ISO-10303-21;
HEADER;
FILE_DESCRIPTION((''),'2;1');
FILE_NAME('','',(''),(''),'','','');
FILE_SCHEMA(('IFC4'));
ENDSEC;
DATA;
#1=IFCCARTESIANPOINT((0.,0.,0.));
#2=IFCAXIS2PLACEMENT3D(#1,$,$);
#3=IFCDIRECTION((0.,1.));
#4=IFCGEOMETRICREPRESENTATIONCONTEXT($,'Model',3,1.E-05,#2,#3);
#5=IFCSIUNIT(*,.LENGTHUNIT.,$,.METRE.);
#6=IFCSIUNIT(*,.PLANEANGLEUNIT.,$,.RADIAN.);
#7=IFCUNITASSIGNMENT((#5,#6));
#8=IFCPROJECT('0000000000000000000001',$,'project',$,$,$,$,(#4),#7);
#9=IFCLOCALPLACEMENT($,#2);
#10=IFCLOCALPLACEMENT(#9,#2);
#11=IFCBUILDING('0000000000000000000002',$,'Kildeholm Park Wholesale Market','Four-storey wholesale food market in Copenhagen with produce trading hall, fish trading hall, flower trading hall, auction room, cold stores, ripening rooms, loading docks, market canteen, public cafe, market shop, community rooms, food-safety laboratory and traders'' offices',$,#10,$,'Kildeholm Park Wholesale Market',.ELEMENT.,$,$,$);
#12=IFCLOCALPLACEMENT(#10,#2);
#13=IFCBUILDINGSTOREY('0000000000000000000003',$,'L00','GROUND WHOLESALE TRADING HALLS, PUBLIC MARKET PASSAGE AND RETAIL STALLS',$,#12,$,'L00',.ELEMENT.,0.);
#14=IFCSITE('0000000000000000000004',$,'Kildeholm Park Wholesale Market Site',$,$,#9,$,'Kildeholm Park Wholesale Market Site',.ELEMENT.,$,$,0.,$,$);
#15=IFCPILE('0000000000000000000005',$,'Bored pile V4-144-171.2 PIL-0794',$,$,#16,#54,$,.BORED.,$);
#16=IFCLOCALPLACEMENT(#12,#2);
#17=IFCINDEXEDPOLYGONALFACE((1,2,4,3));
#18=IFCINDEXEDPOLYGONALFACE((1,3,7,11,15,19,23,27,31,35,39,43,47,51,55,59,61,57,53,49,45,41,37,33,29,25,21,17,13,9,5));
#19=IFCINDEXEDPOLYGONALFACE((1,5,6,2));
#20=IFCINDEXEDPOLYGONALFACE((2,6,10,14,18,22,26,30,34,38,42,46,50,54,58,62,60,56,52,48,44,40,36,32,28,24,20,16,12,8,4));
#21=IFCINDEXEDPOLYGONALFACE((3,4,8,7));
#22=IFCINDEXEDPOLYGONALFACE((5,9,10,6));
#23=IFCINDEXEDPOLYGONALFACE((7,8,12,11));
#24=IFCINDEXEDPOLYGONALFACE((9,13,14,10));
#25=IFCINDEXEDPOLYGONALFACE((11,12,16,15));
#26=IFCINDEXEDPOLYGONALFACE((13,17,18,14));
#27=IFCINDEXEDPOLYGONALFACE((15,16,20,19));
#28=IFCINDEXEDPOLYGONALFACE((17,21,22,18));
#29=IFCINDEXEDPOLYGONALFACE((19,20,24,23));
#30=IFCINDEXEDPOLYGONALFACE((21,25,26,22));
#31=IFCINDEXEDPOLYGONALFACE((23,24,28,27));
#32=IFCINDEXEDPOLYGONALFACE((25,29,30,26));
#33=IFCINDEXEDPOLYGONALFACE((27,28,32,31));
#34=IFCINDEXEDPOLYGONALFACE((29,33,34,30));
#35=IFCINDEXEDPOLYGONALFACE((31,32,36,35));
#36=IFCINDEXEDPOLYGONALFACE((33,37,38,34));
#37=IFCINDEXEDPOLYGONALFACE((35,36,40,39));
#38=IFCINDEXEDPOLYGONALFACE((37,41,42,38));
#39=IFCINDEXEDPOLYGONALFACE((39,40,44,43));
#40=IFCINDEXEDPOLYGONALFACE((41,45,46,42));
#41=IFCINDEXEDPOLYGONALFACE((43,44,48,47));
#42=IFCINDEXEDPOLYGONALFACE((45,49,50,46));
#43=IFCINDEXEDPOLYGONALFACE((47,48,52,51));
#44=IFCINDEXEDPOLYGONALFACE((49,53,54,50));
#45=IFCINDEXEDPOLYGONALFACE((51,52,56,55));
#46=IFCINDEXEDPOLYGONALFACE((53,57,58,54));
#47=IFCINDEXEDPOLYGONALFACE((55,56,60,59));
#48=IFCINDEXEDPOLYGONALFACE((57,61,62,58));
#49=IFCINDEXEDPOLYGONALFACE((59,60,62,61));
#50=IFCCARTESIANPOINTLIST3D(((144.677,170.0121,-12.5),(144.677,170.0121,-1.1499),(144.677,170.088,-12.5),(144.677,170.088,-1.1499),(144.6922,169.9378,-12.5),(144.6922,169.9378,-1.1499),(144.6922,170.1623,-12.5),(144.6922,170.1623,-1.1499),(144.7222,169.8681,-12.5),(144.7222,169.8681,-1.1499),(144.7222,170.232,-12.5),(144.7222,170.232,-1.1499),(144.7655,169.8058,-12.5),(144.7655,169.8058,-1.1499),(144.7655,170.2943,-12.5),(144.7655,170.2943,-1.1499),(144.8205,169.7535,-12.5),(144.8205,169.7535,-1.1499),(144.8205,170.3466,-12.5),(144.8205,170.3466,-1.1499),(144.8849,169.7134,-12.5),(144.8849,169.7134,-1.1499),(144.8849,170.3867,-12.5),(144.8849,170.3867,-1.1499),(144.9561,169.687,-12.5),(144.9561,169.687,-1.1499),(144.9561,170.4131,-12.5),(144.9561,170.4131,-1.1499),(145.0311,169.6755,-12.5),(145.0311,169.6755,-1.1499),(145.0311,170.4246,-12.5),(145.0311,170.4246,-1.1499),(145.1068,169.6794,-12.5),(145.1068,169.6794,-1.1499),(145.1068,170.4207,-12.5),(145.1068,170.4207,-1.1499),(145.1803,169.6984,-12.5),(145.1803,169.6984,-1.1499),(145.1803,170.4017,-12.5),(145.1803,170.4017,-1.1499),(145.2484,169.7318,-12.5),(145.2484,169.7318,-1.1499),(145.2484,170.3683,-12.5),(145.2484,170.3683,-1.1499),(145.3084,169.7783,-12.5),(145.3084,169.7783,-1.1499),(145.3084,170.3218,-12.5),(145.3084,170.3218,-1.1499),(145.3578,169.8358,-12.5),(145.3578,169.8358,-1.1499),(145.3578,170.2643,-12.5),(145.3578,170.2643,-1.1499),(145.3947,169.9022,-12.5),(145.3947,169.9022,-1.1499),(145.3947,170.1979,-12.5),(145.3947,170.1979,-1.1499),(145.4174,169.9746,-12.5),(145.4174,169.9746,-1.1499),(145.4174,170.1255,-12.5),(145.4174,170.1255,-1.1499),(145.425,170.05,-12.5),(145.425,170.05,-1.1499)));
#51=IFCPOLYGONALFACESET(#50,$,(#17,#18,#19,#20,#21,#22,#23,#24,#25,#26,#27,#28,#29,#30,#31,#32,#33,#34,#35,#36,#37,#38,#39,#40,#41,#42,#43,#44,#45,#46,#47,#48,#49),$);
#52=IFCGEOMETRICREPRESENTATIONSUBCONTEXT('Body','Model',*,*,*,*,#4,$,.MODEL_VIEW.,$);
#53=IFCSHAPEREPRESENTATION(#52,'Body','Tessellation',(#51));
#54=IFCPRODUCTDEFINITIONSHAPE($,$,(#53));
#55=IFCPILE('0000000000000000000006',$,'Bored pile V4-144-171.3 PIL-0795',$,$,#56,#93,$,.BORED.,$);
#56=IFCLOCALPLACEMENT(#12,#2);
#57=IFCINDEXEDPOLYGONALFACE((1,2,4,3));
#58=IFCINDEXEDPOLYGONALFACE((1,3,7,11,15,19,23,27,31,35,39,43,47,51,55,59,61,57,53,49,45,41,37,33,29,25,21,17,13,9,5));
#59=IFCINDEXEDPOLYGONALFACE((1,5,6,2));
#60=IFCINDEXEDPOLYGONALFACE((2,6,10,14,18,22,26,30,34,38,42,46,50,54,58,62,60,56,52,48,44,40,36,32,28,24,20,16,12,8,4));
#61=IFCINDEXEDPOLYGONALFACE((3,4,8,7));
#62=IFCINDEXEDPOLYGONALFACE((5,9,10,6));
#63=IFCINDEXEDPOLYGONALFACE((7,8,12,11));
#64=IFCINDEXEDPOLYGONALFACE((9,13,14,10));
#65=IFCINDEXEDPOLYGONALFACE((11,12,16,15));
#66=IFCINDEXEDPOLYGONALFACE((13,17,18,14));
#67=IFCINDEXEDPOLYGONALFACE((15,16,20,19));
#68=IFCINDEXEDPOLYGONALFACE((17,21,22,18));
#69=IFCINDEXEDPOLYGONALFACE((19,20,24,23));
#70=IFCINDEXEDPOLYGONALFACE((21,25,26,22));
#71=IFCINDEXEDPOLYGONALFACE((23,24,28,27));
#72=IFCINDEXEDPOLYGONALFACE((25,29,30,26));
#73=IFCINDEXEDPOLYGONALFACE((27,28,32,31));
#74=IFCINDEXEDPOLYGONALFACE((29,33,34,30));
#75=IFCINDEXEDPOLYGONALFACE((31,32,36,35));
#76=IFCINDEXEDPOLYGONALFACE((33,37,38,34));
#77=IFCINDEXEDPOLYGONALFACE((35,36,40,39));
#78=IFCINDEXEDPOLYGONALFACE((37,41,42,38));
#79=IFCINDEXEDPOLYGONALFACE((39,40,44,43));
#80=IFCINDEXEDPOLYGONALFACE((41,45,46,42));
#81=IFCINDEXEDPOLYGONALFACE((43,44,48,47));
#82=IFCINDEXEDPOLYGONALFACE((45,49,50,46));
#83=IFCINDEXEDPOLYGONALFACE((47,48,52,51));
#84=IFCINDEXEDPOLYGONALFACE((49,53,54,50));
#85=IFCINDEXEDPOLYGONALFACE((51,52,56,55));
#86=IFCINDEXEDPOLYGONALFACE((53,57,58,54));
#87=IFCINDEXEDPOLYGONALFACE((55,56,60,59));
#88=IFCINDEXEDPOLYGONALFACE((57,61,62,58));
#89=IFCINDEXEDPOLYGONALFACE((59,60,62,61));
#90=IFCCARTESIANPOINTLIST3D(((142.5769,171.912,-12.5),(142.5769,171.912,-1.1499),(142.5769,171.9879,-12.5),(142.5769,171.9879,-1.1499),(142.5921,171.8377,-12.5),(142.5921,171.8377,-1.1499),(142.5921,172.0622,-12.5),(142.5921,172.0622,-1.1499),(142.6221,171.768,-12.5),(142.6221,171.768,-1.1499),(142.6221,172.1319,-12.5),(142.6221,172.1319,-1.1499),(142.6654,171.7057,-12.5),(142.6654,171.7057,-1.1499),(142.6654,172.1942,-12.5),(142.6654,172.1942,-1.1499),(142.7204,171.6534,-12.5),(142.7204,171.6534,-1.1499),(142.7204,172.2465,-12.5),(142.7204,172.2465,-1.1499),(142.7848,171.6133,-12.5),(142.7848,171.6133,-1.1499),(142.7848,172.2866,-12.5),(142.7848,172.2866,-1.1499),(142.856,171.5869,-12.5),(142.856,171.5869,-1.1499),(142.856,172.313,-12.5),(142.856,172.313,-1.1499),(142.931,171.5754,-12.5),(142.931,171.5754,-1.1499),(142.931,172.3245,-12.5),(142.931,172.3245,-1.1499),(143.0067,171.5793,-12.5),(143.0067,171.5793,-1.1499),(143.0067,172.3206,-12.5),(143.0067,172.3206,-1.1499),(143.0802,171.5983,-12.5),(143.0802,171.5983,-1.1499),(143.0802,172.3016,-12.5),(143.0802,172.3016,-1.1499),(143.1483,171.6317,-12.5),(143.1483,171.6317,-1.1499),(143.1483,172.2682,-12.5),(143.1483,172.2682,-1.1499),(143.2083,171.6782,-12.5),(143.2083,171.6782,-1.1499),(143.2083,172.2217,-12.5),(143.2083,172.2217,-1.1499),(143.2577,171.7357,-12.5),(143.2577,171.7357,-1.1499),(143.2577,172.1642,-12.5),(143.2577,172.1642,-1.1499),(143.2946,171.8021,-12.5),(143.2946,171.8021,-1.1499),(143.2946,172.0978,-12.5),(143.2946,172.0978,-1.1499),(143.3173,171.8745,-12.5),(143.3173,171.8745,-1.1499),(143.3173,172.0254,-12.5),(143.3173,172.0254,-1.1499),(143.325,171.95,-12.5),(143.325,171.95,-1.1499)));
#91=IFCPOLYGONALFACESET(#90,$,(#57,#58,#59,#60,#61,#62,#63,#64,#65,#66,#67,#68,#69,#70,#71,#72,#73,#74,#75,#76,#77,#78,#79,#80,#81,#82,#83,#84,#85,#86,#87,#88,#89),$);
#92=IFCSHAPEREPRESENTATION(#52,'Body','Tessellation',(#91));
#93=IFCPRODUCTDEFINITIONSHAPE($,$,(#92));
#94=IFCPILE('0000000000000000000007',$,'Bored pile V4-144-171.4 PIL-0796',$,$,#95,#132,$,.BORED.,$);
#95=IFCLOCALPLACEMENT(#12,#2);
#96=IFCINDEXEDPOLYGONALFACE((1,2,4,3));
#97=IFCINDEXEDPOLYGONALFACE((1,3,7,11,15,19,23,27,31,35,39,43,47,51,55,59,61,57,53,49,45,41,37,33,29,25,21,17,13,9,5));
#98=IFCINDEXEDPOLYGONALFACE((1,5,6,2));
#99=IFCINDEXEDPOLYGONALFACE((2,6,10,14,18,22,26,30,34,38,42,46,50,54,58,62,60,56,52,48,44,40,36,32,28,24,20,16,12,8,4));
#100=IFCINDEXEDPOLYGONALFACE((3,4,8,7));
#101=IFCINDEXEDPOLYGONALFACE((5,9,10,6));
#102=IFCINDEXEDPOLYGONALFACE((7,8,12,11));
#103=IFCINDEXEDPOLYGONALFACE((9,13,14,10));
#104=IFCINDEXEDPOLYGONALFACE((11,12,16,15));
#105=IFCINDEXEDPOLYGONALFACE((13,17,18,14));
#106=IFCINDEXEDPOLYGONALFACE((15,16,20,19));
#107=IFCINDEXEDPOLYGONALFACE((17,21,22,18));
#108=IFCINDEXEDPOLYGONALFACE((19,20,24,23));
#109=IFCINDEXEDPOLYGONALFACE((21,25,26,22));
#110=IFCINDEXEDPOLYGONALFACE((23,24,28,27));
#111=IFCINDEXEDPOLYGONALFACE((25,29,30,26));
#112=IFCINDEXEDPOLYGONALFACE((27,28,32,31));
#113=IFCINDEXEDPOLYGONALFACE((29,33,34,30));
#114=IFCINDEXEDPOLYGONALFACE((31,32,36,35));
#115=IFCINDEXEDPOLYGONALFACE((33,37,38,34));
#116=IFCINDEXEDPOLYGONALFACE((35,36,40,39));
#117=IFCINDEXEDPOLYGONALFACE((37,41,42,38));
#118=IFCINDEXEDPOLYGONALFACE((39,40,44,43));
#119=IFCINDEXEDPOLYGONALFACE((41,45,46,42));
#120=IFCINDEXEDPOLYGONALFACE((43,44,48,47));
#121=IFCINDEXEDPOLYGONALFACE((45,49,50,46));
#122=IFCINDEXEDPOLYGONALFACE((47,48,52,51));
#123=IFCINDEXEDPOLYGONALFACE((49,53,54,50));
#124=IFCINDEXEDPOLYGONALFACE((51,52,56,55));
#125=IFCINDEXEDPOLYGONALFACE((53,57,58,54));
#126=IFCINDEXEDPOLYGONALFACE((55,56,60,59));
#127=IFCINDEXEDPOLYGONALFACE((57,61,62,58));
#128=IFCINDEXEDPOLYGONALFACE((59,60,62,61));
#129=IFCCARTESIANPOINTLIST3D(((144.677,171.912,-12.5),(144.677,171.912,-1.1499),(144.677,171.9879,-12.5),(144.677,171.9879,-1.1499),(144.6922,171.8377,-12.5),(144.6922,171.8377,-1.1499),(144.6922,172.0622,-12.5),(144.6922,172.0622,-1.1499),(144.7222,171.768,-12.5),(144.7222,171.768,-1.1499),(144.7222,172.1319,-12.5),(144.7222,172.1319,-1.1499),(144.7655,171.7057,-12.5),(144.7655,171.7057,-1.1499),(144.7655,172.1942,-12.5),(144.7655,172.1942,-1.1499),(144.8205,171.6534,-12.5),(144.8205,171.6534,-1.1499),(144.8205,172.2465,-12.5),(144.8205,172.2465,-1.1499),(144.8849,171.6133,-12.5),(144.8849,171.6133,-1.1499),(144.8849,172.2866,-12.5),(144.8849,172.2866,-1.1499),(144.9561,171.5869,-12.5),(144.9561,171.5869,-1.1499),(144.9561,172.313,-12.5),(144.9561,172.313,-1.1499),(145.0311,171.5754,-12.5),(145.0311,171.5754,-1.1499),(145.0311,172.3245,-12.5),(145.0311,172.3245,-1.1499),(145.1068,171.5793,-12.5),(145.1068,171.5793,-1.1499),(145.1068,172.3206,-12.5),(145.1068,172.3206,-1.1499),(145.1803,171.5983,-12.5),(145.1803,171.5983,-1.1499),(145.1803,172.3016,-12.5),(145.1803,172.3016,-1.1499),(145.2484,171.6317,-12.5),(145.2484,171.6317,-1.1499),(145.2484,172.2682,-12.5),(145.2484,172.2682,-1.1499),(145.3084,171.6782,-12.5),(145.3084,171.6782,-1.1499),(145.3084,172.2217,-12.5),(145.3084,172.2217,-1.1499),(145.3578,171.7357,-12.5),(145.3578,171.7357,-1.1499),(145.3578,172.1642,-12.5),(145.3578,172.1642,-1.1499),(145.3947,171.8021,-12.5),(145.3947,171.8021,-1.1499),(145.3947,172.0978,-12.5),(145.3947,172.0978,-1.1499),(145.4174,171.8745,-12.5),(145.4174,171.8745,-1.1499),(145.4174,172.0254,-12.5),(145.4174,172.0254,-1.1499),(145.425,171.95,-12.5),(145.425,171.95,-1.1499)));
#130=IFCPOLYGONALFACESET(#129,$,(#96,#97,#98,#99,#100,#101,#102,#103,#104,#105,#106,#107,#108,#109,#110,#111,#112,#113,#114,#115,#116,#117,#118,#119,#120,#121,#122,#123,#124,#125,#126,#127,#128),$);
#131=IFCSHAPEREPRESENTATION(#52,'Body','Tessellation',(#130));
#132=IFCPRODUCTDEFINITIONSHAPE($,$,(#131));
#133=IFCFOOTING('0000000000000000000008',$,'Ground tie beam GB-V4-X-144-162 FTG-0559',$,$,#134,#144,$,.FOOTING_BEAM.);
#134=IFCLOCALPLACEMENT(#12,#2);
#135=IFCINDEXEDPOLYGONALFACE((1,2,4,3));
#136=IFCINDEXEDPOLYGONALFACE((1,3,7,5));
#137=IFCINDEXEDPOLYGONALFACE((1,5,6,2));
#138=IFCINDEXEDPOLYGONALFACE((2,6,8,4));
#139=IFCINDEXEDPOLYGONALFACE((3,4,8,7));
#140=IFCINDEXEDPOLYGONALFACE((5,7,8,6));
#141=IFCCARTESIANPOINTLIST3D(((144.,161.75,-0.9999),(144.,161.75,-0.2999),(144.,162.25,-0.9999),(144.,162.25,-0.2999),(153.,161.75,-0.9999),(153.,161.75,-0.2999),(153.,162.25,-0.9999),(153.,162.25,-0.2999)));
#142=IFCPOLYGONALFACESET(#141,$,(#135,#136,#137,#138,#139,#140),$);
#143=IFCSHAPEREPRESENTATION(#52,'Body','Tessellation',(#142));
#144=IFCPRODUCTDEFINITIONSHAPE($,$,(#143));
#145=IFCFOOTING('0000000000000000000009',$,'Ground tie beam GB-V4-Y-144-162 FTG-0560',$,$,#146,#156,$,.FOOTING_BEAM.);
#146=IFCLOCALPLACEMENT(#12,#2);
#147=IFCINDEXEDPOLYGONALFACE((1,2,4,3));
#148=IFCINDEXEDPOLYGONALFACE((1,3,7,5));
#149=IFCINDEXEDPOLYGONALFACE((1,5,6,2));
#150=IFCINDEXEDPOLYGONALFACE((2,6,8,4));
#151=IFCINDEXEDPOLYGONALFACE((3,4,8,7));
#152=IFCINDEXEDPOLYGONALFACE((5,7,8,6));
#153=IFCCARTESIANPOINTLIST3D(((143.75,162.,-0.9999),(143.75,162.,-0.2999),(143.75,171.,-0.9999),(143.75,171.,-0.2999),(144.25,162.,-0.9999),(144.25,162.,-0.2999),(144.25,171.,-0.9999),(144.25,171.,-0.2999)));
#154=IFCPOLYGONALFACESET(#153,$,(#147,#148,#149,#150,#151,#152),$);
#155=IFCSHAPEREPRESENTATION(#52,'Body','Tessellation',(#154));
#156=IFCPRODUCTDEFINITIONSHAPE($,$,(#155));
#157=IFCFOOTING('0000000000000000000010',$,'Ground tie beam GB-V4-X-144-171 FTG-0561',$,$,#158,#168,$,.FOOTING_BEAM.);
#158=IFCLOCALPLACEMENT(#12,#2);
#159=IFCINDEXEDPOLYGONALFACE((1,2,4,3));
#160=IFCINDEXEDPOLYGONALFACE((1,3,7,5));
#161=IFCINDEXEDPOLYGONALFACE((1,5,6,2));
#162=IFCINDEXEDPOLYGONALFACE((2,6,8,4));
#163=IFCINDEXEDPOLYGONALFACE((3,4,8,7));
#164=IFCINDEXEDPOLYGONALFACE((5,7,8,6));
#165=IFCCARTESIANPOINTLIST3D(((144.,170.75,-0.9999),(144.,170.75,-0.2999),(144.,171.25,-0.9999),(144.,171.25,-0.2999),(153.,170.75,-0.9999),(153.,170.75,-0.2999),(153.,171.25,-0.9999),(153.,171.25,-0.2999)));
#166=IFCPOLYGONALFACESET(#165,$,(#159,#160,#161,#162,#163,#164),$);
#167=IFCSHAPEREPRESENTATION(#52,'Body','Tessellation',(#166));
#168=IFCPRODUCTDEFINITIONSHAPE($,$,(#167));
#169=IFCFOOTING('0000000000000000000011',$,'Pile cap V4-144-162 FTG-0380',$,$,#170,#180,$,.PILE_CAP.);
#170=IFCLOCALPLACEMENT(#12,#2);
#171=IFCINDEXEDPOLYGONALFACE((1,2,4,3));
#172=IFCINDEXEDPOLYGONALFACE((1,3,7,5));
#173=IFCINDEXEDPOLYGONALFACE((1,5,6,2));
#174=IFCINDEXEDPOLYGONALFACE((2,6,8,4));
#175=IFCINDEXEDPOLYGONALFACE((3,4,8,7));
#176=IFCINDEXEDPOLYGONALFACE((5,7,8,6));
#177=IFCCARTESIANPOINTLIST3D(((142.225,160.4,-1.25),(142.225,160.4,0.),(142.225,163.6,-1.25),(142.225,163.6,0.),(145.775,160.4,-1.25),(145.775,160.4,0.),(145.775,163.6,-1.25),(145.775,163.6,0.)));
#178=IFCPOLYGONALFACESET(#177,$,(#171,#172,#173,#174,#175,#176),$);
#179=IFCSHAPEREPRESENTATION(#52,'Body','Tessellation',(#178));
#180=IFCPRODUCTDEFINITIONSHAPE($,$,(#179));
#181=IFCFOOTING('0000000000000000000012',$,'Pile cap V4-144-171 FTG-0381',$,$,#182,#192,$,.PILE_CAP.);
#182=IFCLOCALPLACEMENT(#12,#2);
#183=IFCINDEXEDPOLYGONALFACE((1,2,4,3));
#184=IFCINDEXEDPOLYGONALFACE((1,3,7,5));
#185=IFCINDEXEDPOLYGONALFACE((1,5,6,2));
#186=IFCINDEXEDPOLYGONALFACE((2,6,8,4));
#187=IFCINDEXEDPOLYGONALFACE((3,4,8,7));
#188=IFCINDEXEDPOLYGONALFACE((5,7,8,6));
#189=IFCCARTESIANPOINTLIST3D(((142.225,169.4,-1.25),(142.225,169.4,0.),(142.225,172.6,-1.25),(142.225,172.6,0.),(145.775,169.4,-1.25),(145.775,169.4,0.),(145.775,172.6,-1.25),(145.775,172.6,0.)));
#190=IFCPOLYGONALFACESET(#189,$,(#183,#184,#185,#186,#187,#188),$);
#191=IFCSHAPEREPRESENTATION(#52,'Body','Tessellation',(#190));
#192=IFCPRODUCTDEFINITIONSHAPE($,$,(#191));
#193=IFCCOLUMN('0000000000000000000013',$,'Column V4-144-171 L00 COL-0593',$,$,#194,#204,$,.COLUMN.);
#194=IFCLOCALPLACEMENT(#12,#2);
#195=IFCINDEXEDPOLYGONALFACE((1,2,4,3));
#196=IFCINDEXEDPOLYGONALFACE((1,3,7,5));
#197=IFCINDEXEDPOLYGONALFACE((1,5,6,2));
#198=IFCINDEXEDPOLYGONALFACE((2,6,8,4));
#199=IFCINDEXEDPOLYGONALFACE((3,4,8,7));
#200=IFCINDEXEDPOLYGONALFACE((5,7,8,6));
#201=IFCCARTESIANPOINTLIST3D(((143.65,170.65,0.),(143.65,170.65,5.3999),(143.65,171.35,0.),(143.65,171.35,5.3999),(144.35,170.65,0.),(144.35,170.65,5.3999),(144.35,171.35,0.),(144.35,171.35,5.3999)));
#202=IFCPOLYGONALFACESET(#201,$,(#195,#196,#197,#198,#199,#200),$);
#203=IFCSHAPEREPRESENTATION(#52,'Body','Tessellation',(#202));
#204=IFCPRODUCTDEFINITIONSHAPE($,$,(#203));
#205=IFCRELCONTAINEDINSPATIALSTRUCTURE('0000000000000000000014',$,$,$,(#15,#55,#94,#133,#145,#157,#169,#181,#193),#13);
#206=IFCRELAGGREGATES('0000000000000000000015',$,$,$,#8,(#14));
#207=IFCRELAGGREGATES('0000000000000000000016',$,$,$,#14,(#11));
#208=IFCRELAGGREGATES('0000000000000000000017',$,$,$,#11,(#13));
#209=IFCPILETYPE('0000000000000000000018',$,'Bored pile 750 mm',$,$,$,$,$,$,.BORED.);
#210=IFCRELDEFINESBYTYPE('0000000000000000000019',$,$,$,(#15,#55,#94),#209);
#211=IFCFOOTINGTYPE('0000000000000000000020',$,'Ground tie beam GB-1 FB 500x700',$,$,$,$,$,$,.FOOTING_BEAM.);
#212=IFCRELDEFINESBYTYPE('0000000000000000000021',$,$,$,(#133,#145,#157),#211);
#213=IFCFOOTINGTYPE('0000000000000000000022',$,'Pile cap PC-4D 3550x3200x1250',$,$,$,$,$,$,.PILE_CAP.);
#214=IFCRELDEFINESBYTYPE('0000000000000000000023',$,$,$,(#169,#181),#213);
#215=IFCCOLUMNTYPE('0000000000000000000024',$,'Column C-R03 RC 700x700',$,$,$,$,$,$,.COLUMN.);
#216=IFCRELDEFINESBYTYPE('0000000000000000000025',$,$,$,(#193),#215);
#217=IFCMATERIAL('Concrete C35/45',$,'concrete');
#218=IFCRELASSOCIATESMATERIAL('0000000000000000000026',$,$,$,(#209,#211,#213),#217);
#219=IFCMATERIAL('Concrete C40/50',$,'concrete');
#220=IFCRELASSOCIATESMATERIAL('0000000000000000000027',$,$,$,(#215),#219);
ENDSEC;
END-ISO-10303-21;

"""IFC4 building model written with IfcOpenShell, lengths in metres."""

from ifc_helpers import new_model, si_unit, direction, frame, origin, origin_2d, place, context, subcontext, project, spatial, rectangle, circle, extrude, material, material_profile, profile_set, type_object, element, save


model = new_model("IFC4")

# Units and contexts
model_context = context("Model", 3, precision=1e-05, world=origin(), true_north=direction((0.0, 1.0)))
body_context = subcontext(model_context, "Body", "Model", "MODEL_VIEW")
ifc_project = project(units=[si_unit("LENGTHUNIT", "METRE"), si_unit("PLANEANGLEUNIT", "RADIAN")], contexts=[model_context])

# Site, building, storey
site_placement = place(None, origin())
site = spatial("IfcSite", under=ifc_project, at=site_placement, Name="Kildeholm Park Wholesale Market Site", LongName="Kildeholm Park Wholesale Market Site", CompositionType="ELEMENT", RefElevation=0.0)
building_placement = place(site_placement, origin())
building = spatial("IfcBuilding", under=site, at=building_placement, Name="Kildeholm Park Wholesale Market", Description="Four-storey wholesale food market in Copenhagen with produce trading hall, fish trading hall, flower trading hall, auction room, cold stores, ripening rooms, loading docks, market canteen, public cafe, market shop, community rooms, food-safety laboratory and traders' offices", LongName="Kildeholm Park Wholesale Market", CompositionType="ELEMENT")
storey_placement = place(building_placement, origin())
storey = spatial("IfcBuildingStorey", under=building, at=storey_placement, Name="L00", Description="GROUND WHOLESALE TRADING HALLS, PUBLIC MARKET PASSAGE AND RETAIL STALLS", LongName="L00", CompositionType="ELEMENT", Elevation=0.0)

# Piles
ifc_material_1 = material(Name="Concrete C35/45", Category="concrete")
ifc_material_profile_1 = material_profile(ifc_material_1, circle(Radius=0.375, at=origin_2d()), Name="PILE D750")
ifc_profile_set_1 = profile_set([ifc_material_profile_1], Name="Concrete C35/45")
pile_type = type_object("IfcPileType", Name="Bored pile 750 mm", PredefinedType="BORED", material=ifc_profile_set_1)
for number, where, z_axis, x_axis, name in (
    (1, (145.05, 170.05, -1.1499), (0.0, 0.0, -1.0), (1.0, 0.0, 0.0), "Bored pile V4-144-171.2 PIL-0794"),
    (2, (142.95, 171.95, -1.1499), (0.0, 0.0, -1.0), (1.0, 0.0, 0.0), "Bored pile V4-144-171.3 PIL-0795"),
    (3, (145.05, 171.95, -1.1499), (0.0, 0.0, -1.0), (1.0, 0.0, 0.0), "Bored pile V4-144-171.4 PIL-0796"),
):
    element("IfcPile", number, at=place(storey_placement, frame(where, z_axis=z_axis, x_axis=x_axis)), inside=storey, type_object=pile_type, Name=name, PredefinedType="BORED", context=body_context, shape_type="SweptSolid", body=[
        extrude(circle(Radius=0.375, at=origin_2d()), origin(), (0.0, 0.0, 1.0), 11.3501),
    ])

# Footings
ifc_material_profile_2 = material_profile(ifc_material_1, rectangle(XDim=0.5, YDim=0.7, at=origin_2d()), Name="FB 500x700")
ifc_profile_set_2 = profile_set([ifc_material_profile_2], Name="Concrete C35/45")
footing_type_1 = type_object("IfcFootingType", Name="Ground tie beam GB-1 FB 500x700", PredefinedType="FOOTING_BEAM", material=ifc_profile_set_2)
for number, where, z_axis, x_axis, name in (
    (4, (144.0, 162.0, -0.6499), (1.0, 0.0, 0.0), (0.0, 1.0, 0.0), "Ground tie beam GB-V4-X-144-162 FTG-0559"),
    (5, (144.0, 162.0, -0.6499), (0.0, 1.0, 0.0), (-1.0, 0.0, 0.0), "Ground tie beam GB-V4-Y-144-162 FTG-0560"),
    (6, (144.0, 171.0, -0.6499), (1.0, 0.0, 0.0), (0.0, 1.0, 0.0), "Ground tie beam GB-V4-X-144-171 FTG-0561"),
):
    element("IfcFooting", number, at=place(storey_placement, frame(where, z_axis=z_axis, x_axis=x_axis)), inside=storey, type_object=footing_type_1, Name=name, PredefinedType="FOOTING_BEAM", context=body_context, shape_type="SweptSolid", body=[
        extrude(rectangle(XDim=0.5, YDim=0.7, at=origin_2d()), origin(), (0.0, 0.0, 1.0), 9.0),
    ])
footing_type_2 = type_object("IfcFootingType", Name="Pile cap PC-4D 3550x3200x1250", PredefinedType="PILE_CAP", material=ifc_material_1)
for number, where, z_axis, x_axis, name in (
    (7, (144.0, 162.0, -1.25), (0.0, 0.0, 1.0), (1.0, 0.0, 0.0), "Pile cap V4-144-162 FTG-0380"),
    (8, (144.0, 171.0, -1.25), (0.0, 0.0, 1.0), (1.0, 0.0, 0.0), "Pile cap V4-144-171 FTG-0381"),
):
    element("IfcFooting", number, at=place(storey_placement, frame(where, z_axis=z_axis, x_axis=x_axis)), inside=storey, type_object=footing_type_2, Name=name, PredefinedType="PILE_CAP", context=body_context, shape_type="SweptSolid", body=[
        extrude(rectangle(XDim=3.55, YDim=3.2, at=origin_2d()), origin(), (0.0, 0.0, 1.0), 1.25),
    ])

# Column
ifc_material_2 = material(Name="Concrete C40/50", Category="concrete")
ifc_material_profile_3 = material_profile(ifc_material_2, rectangle(XDim=0.7, YDim=0.7, at=origin_2d()), Name="RC 700x700")
ifc_profile_set_3 = profile_set([ifc_material_profile_3], Name="Concrete C40/50")
column_type_1 = type_object("IfcColumnType", Name="Column C-R03 RC 700x700", PredefinedType="COLUMN", material=ifc_profile_set_3)
column_1_placement = place(storey_placement, frame((144.0, 171.0, 0.0), z_axis=(0.0, 0.0, 1.0), x_axis=(1.0, 0.0, 0.0)))
element("IfcColumn", 9, at=column_1_placement, inside=storey, type_object=column_type_1, Name="Column V4-144-171 L00 COL-0593", PredefinedType="COLUMN", context=body_context, shape_type="SweptSolid", body=[
    extrude(rectangle(XDim=0.7, YDim=0.7, at=origin_2d()), origin(), (0.0, 0.0, 1.0), 5.3999),
])

save(model, "model.ifc")
